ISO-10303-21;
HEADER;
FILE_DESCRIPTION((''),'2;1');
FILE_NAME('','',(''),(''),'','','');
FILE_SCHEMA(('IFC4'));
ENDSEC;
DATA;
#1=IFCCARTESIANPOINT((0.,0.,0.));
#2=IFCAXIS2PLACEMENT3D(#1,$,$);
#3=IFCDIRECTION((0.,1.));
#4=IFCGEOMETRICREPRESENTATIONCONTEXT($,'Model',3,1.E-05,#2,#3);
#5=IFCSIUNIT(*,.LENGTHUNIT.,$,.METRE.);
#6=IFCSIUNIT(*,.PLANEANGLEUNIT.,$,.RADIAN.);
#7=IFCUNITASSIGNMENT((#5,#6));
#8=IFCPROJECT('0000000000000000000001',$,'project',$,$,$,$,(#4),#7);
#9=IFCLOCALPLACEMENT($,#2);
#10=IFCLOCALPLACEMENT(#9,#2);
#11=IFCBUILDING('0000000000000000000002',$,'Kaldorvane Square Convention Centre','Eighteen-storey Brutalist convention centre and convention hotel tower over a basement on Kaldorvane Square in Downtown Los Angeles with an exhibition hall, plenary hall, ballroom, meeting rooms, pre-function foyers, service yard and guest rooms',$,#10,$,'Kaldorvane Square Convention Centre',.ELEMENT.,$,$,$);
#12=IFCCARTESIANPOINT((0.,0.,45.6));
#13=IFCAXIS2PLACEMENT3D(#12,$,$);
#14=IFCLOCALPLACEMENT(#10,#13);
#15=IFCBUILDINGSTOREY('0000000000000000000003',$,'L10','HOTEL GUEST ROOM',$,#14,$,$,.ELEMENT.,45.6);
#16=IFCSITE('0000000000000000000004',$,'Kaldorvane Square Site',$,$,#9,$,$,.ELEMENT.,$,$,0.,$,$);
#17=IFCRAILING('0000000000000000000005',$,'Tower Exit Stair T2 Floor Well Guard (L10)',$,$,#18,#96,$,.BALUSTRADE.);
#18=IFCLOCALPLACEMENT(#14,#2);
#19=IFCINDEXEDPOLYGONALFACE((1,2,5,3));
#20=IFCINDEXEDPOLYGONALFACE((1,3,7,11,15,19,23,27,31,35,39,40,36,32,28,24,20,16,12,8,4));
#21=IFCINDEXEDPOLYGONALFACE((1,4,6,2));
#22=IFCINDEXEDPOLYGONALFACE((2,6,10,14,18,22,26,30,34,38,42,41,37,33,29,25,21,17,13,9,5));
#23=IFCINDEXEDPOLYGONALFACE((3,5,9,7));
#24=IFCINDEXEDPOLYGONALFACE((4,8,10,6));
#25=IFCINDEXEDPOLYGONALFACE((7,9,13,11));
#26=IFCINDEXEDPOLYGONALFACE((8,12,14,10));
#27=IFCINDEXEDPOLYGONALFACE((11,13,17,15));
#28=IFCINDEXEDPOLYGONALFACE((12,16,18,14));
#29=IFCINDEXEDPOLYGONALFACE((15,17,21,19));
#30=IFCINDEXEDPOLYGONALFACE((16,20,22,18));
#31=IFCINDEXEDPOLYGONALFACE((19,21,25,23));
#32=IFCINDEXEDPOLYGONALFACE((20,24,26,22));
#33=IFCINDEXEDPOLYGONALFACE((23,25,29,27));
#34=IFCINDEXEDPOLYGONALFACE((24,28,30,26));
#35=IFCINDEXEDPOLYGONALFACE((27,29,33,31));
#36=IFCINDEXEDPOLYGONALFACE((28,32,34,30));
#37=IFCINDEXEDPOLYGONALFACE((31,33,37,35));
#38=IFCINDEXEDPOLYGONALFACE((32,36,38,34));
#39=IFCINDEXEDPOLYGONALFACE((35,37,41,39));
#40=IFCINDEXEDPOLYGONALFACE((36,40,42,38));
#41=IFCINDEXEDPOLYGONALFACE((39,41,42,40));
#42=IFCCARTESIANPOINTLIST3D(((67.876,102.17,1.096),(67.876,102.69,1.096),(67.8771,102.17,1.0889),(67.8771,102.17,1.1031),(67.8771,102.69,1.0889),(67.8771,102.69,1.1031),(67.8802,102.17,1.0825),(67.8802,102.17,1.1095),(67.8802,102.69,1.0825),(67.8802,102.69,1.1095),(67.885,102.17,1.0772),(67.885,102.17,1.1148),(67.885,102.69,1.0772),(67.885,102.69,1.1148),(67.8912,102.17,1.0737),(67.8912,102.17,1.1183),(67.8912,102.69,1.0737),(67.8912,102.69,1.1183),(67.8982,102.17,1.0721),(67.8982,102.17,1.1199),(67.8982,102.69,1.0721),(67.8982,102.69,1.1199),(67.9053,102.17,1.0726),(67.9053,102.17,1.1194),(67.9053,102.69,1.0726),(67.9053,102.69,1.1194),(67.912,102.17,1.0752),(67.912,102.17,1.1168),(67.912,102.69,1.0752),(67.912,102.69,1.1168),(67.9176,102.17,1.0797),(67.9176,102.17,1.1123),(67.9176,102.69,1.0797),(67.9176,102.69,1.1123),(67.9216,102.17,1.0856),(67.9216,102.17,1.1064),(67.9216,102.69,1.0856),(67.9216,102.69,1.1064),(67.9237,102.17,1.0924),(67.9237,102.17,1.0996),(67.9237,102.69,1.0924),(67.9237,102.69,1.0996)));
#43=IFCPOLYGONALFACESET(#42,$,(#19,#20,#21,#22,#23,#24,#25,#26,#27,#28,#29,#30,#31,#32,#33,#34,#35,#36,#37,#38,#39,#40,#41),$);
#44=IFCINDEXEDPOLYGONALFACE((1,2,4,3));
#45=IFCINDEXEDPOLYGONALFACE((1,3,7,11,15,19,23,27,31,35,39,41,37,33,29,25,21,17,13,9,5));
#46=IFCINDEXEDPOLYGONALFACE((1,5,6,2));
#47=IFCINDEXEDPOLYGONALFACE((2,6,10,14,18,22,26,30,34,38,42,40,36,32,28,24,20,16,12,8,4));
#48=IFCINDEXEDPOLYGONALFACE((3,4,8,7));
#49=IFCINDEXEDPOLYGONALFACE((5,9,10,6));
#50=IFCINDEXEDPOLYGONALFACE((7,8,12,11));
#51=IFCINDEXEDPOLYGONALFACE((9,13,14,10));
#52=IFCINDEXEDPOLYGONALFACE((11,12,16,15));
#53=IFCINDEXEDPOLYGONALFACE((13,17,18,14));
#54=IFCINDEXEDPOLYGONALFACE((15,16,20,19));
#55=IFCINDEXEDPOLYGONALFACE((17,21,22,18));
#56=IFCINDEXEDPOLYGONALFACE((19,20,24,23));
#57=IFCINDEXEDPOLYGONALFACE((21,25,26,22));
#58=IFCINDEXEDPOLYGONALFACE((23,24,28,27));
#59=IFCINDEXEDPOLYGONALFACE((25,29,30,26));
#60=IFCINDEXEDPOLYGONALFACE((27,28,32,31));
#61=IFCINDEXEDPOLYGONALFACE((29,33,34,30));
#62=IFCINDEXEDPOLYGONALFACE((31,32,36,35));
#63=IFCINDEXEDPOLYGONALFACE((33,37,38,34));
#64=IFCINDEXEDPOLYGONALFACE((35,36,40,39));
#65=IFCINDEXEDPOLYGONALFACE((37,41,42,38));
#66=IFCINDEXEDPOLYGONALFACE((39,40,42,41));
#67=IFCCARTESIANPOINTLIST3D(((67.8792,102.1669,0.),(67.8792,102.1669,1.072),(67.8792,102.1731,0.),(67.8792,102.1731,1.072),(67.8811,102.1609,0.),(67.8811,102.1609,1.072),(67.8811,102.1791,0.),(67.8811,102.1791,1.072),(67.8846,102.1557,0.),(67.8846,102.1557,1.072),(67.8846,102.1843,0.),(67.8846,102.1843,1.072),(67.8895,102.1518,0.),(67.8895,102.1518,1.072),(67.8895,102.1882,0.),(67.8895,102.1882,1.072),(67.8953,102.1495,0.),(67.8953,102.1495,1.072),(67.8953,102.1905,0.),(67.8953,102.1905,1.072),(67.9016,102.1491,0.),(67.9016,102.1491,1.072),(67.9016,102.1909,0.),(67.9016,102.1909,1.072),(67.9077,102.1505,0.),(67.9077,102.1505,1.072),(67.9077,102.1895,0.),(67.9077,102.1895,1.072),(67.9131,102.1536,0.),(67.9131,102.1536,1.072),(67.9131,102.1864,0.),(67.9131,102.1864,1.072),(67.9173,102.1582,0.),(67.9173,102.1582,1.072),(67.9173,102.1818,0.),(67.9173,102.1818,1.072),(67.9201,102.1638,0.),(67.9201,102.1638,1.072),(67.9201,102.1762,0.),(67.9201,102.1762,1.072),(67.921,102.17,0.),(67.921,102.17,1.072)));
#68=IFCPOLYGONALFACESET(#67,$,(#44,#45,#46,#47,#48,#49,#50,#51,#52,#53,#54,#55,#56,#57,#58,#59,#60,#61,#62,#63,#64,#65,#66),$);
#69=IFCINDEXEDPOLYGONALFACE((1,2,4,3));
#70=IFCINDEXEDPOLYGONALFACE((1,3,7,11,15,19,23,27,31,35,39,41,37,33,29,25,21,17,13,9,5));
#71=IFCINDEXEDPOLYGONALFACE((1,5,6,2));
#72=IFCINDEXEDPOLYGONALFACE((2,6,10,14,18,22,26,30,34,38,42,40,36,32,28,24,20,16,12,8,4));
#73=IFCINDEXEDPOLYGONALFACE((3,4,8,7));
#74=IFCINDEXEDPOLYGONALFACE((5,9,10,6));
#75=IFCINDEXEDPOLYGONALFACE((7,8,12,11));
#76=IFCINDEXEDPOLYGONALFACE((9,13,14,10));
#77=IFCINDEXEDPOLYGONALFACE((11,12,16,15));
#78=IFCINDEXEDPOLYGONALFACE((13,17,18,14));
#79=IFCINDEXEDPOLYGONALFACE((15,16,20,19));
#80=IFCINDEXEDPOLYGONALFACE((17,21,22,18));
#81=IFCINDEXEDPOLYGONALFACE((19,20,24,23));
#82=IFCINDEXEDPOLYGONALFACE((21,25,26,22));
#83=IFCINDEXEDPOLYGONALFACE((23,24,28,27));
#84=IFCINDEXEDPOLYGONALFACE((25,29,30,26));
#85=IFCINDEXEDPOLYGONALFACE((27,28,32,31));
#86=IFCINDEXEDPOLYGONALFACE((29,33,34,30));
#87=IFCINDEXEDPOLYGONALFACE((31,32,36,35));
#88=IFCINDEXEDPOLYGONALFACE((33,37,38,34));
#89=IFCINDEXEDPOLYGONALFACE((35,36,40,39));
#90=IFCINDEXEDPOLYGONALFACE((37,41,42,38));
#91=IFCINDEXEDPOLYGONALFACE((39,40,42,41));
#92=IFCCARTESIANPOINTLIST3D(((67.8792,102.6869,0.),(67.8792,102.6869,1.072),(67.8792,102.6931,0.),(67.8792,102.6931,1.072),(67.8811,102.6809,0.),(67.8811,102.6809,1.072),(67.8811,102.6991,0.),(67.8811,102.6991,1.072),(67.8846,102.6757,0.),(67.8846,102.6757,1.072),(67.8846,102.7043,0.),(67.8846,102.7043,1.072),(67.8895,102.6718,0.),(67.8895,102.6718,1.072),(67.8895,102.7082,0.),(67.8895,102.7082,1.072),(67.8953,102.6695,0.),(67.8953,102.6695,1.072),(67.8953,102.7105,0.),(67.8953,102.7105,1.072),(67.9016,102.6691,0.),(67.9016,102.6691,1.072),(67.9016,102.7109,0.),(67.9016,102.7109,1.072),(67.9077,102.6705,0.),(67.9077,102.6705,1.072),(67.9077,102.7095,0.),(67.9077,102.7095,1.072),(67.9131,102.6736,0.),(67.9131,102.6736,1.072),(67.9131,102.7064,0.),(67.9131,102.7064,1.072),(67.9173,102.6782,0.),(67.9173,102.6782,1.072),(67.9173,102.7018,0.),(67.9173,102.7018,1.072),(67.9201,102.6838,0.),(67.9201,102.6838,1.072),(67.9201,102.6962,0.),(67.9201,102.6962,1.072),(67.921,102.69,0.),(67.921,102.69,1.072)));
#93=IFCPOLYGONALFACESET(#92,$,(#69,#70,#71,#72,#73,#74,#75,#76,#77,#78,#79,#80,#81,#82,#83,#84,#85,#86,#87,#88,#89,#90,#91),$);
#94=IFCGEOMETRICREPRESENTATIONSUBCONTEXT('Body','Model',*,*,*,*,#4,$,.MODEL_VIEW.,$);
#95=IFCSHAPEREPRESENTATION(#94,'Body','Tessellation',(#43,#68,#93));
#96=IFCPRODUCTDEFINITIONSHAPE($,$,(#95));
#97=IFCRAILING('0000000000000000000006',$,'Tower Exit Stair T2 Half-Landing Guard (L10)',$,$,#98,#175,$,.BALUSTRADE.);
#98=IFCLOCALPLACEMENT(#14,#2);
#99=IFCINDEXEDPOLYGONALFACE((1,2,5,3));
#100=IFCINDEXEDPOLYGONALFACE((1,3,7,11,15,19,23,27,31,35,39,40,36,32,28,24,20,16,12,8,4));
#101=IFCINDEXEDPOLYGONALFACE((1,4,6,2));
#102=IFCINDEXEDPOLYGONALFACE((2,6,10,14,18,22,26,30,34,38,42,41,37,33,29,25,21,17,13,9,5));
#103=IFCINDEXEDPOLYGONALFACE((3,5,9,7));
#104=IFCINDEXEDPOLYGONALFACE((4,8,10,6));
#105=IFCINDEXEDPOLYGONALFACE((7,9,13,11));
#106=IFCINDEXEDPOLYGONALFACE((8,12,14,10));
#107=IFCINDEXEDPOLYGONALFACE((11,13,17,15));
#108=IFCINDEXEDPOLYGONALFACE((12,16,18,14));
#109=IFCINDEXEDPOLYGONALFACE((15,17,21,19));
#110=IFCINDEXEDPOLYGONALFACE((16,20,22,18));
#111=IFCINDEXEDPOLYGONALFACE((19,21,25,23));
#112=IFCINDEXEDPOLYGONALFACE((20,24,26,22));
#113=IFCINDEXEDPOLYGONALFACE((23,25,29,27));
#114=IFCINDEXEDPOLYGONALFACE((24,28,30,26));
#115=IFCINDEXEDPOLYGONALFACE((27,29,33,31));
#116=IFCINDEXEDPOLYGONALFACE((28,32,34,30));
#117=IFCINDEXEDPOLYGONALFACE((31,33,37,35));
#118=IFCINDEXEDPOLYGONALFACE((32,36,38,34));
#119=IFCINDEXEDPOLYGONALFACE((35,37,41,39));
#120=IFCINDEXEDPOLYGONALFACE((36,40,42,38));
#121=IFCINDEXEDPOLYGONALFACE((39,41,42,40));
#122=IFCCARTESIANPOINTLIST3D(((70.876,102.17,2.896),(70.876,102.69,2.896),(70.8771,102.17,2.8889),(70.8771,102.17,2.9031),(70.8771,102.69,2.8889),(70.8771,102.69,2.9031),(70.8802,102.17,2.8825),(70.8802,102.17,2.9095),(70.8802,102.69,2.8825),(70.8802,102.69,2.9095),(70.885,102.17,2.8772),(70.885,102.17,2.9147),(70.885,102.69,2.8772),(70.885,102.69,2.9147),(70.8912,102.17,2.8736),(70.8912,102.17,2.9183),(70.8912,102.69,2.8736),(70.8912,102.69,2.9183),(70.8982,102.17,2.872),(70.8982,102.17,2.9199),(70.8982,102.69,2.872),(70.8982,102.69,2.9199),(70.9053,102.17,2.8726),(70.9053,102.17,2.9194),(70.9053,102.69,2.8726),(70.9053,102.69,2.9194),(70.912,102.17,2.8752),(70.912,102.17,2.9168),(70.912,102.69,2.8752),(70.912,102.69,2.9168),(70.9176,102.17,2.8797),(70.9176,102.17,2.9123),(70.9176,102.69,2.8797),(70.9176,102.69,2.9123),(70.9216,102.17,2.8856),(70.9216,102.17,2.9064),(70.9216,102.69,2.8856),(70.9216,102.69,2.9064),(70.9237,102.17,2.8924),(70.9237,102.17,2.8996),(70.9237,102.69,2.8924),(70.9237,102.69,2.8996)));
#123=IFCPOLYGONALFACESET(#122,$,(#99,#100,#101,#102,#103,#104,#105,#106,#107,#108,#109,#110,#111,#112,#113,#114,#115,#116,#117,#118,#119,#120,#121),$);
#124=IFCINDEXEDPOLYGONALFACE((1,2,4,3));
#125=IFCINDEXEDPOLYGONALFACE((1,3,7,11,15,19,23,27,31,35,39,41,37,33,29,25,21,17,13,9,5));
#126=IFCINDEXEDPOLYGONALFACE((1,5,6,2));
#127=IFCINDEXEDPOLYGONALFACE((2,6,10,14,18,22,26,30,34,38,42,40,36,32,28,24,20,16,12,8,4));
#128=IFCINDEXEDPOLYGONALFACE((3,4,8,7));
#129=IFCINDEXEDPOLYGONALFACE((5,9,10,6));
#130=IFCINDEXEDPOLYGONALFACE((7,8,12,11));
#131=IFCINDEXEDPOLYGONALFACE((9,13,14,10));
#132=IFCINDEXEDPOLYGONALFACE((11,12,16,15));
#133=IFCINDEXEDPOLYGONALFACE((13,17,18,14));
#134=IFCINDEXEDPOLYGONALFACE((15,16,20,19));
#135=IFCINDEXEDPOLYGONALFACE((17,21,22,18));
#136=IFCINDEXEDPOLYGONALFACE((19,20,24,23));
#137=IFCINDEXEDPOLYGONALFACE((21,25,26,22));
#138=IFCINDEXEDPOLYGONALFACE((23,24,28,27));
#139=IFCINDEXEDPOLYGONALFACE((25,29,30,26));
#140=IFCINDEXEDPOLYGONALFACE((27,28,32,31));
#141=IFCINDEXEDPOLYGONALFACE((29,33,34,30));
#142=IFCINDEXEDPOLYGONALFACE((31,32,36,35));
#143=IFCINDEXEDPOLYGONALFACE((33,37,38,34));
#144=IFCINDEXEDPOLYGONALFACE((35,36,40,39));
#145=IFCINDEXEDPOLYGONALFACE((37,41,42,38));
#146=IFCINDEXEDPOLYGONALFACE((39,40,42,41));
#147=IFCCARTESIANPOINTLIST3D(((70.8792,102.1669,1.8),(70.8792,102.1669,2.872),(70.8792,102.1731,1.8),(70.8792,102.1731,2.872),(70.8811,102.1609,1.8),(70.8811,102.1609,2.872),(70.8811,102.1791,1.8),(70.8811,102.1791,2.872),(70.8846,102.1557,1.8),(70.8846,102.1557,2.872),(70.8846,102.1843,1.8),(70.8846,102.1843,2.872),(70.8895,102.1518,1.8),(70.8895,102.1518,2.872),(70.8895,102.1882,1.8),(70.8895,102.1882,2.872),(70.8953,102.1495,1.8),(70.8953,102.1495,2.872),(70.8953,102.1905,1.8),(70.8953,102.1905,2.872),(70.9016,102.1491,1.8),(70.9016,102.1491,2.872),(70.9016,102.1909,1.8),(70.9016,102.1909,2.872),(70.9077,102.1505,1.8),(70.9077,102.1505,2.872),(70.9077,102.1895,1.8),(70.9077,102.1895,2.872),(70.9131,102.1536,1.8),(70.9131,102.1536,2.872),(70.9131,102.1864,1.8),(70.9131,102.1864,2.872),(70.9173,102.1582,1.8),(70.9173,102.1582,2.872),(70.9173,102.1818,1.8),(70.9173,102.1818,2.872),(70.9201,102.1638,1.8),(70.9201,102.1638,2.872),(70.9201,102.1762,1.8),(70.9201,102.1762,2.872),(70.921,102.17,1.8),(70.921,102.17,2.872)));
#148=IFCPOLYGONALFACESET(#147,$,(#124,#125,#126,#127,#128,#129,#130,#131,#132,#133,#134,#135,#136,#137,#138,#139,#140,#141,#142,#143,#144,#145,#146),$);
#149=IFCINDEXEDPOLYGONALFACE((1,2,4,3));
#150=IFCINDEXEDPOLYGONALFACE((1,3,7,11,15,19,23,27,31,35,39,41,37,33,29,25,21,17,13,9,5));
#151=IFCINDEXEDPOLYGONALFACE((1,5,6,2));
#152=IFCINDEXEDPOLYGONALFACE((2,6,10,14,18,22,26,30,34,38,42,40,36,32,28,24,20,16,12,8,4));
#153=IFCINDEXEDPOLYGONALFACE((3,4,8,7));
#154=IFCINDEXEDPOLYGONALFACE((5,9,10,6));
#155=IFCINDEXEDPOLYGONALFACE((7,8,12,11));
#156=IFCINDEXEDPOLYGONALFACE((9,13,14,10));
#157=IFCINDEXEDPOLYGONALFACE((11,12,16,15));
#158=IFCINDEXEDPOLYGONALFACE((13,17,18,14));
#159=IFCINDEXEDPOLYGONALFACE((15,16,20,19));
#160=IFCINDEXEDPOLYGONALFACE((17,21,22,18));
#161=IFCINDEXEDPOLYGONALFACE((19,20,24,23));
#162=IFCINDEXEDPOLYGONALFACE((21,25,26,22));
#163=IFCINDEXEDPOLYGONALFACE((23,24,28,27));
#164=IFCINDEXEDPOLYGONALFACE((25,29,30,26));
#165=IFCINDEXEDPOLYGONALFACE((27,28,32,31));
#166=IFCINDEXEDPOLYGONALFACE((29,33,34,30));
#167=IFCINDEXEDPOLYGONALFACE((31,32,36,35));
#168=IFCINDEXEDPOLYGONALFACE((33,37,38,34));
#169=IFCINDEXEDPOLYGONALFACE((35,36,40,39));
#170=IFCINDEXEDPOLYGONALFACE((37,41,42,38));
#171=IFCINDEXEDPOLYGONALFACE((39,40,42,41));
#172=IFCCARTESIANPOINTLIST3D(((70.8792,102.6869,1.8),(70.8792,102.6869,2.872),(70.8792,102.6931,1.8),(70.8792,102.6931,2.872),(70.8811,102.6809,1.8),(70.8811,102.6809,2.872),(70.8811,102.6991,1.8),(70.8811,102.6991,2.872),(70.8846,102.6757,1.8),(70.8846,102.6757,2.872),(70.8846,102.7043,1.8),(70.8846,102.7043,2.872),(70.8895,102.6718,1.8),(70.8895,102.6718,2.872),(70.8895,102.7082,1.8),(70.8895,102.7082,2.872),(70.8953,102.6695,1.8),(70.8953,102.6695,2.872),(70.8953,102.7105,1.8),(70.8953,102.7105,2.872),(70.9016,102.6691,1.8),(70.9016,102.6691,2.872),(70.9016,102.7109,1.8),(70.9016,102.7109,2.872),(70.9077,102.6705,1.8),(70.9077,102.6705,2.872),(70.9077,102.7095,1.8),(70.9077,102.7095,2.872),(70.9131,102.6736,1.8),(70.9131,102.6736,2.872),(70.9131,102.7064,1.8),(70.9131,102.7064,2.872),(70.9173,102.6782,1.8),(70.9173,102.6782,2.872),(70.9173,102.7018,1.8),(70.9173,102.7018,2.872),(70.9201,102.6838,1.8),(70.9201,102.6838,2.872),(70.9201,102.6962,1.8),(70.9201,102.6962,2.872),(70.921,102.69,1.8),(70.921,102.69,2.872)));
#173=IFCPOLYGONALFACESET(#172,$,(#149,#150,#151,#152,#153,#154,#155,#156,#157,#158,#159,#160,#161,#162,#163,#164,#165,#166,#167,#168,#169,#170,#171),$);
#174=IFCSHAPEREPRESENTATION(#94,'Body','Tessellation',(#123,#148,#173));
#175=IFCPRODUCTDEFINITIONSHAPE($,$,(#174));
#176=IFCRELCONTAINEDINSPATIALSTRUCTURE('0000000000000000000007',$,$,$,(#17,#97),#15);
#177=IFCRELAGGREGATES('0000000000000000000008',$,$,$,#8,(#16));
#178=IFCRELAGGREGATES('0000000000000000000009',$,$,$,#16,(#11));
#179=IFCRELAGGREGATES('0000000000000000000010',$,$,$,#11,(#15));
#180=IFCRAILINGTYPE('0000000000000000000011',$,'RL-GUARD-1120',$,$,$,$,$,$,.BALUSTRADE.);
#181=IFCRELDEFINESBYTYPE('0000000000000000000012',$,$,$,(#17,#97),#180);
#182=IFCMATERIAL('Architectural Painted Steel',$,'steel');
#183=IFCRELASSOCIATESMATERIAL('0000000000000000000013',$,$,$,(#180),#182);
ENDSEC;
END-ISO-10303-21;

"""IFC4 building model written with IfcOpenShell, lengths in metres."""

from ifc_helpers import new_model, si_unit, direction, frame, origin, origin_2d, place, context, subcontext, project, spatial, circle, extrude, material, type_object, element, save


model = new_model("IFC4")

# Units and contexts
model_context = context("Model", 3, precision=1e-05, world=origin(), true_north=direction((0.0, 1.0)))
body_context = subcontext(model_context, "Body", "Model", "MODEL_VIEW")
ifc_project = project(units=[si_unit("LENGTHUNIT", "METRE"), si_unit("PLANEANGLEUNIT", "RADIAN")], contexts=[model_context])

# Site, building, storey
site_placement = place(None, origin())
site = spatial("IfcSite", under=ifc_project, at=site_placement, Name="Kaldorvane Square Site", CompositionType="ELEMENT", RefElevation=0.0)
building_placement = place(site_placement, origin())
building = spatial("IfcBuilding", under=site, at=building_placement, Name="Kaldorvane Square Convention Centre", Description="Eighteen-storey Brutalist convention centre and convention hotel tower over a basement on Kaldorvane Square in Downtown Los Angeles with an exhibition hall, plenary hall, ballroom, meeting rooms, pre-function foyers, service yard and guest rooms", LongName="Kaldorvane Square Convention Centre", CompositionType="ELEMENT")
storey_placement = place(building_placement, frame((0.0, 0.0, 45.6)))
storey = spatial("IfcBuildingStorey", under=building, at=storey_placement, Name="L10", Description="HOTEL GUEST ROOM", CompositionType="ELEMENT", Elevation=45.6)

# Railings
ifc_material_1 = material(Name="Architectural Painted Steel", Category="steel")
railing_type_1 = type_object("IfcRailingType", Name="RL-GUARD-1120", PredefinedType="BALUSTRADE", material=ifc_material_1)
for number, where, name in (
    (1, (67.9, 102.17, 0.0), "Tower Exit Stair T2 Floor Well Guard (L10)"),
    (2, (70.9, 102.17, 1.8), "Tower Exit Stair T2 Half-Landing Guard (L10)"),
):
    element("IfcRailing", number, at=place(storey_placement, frame(where)), inside=storey, type_object=railing_type_1, Name=name, PredefinedType="BALUSTRADE", context=body_context, shape_type="SweptSolid", body=[
        extrude(circle(Radius=0.024, at=origin_2d()), frame((0.0, 0.0, 1.096), z_axis=(0.0, 1.0, 0.0), x_axis=(-1.0, 0.0, 0.0)), (0.0, 0.0, 1.0), 0.52),
        extrude(circle(Radius=0.021, at=origin_2d()), origin(), (0.0, 0.0, 1.0), 1.072),
        extrude(circle(Radius=0.021, at=origin_2d()), frame((0.0, 0.52, 0.0)), (0.0, 0.0, 1.0), 1.072),
    ])

save(model, "model.ifc")
